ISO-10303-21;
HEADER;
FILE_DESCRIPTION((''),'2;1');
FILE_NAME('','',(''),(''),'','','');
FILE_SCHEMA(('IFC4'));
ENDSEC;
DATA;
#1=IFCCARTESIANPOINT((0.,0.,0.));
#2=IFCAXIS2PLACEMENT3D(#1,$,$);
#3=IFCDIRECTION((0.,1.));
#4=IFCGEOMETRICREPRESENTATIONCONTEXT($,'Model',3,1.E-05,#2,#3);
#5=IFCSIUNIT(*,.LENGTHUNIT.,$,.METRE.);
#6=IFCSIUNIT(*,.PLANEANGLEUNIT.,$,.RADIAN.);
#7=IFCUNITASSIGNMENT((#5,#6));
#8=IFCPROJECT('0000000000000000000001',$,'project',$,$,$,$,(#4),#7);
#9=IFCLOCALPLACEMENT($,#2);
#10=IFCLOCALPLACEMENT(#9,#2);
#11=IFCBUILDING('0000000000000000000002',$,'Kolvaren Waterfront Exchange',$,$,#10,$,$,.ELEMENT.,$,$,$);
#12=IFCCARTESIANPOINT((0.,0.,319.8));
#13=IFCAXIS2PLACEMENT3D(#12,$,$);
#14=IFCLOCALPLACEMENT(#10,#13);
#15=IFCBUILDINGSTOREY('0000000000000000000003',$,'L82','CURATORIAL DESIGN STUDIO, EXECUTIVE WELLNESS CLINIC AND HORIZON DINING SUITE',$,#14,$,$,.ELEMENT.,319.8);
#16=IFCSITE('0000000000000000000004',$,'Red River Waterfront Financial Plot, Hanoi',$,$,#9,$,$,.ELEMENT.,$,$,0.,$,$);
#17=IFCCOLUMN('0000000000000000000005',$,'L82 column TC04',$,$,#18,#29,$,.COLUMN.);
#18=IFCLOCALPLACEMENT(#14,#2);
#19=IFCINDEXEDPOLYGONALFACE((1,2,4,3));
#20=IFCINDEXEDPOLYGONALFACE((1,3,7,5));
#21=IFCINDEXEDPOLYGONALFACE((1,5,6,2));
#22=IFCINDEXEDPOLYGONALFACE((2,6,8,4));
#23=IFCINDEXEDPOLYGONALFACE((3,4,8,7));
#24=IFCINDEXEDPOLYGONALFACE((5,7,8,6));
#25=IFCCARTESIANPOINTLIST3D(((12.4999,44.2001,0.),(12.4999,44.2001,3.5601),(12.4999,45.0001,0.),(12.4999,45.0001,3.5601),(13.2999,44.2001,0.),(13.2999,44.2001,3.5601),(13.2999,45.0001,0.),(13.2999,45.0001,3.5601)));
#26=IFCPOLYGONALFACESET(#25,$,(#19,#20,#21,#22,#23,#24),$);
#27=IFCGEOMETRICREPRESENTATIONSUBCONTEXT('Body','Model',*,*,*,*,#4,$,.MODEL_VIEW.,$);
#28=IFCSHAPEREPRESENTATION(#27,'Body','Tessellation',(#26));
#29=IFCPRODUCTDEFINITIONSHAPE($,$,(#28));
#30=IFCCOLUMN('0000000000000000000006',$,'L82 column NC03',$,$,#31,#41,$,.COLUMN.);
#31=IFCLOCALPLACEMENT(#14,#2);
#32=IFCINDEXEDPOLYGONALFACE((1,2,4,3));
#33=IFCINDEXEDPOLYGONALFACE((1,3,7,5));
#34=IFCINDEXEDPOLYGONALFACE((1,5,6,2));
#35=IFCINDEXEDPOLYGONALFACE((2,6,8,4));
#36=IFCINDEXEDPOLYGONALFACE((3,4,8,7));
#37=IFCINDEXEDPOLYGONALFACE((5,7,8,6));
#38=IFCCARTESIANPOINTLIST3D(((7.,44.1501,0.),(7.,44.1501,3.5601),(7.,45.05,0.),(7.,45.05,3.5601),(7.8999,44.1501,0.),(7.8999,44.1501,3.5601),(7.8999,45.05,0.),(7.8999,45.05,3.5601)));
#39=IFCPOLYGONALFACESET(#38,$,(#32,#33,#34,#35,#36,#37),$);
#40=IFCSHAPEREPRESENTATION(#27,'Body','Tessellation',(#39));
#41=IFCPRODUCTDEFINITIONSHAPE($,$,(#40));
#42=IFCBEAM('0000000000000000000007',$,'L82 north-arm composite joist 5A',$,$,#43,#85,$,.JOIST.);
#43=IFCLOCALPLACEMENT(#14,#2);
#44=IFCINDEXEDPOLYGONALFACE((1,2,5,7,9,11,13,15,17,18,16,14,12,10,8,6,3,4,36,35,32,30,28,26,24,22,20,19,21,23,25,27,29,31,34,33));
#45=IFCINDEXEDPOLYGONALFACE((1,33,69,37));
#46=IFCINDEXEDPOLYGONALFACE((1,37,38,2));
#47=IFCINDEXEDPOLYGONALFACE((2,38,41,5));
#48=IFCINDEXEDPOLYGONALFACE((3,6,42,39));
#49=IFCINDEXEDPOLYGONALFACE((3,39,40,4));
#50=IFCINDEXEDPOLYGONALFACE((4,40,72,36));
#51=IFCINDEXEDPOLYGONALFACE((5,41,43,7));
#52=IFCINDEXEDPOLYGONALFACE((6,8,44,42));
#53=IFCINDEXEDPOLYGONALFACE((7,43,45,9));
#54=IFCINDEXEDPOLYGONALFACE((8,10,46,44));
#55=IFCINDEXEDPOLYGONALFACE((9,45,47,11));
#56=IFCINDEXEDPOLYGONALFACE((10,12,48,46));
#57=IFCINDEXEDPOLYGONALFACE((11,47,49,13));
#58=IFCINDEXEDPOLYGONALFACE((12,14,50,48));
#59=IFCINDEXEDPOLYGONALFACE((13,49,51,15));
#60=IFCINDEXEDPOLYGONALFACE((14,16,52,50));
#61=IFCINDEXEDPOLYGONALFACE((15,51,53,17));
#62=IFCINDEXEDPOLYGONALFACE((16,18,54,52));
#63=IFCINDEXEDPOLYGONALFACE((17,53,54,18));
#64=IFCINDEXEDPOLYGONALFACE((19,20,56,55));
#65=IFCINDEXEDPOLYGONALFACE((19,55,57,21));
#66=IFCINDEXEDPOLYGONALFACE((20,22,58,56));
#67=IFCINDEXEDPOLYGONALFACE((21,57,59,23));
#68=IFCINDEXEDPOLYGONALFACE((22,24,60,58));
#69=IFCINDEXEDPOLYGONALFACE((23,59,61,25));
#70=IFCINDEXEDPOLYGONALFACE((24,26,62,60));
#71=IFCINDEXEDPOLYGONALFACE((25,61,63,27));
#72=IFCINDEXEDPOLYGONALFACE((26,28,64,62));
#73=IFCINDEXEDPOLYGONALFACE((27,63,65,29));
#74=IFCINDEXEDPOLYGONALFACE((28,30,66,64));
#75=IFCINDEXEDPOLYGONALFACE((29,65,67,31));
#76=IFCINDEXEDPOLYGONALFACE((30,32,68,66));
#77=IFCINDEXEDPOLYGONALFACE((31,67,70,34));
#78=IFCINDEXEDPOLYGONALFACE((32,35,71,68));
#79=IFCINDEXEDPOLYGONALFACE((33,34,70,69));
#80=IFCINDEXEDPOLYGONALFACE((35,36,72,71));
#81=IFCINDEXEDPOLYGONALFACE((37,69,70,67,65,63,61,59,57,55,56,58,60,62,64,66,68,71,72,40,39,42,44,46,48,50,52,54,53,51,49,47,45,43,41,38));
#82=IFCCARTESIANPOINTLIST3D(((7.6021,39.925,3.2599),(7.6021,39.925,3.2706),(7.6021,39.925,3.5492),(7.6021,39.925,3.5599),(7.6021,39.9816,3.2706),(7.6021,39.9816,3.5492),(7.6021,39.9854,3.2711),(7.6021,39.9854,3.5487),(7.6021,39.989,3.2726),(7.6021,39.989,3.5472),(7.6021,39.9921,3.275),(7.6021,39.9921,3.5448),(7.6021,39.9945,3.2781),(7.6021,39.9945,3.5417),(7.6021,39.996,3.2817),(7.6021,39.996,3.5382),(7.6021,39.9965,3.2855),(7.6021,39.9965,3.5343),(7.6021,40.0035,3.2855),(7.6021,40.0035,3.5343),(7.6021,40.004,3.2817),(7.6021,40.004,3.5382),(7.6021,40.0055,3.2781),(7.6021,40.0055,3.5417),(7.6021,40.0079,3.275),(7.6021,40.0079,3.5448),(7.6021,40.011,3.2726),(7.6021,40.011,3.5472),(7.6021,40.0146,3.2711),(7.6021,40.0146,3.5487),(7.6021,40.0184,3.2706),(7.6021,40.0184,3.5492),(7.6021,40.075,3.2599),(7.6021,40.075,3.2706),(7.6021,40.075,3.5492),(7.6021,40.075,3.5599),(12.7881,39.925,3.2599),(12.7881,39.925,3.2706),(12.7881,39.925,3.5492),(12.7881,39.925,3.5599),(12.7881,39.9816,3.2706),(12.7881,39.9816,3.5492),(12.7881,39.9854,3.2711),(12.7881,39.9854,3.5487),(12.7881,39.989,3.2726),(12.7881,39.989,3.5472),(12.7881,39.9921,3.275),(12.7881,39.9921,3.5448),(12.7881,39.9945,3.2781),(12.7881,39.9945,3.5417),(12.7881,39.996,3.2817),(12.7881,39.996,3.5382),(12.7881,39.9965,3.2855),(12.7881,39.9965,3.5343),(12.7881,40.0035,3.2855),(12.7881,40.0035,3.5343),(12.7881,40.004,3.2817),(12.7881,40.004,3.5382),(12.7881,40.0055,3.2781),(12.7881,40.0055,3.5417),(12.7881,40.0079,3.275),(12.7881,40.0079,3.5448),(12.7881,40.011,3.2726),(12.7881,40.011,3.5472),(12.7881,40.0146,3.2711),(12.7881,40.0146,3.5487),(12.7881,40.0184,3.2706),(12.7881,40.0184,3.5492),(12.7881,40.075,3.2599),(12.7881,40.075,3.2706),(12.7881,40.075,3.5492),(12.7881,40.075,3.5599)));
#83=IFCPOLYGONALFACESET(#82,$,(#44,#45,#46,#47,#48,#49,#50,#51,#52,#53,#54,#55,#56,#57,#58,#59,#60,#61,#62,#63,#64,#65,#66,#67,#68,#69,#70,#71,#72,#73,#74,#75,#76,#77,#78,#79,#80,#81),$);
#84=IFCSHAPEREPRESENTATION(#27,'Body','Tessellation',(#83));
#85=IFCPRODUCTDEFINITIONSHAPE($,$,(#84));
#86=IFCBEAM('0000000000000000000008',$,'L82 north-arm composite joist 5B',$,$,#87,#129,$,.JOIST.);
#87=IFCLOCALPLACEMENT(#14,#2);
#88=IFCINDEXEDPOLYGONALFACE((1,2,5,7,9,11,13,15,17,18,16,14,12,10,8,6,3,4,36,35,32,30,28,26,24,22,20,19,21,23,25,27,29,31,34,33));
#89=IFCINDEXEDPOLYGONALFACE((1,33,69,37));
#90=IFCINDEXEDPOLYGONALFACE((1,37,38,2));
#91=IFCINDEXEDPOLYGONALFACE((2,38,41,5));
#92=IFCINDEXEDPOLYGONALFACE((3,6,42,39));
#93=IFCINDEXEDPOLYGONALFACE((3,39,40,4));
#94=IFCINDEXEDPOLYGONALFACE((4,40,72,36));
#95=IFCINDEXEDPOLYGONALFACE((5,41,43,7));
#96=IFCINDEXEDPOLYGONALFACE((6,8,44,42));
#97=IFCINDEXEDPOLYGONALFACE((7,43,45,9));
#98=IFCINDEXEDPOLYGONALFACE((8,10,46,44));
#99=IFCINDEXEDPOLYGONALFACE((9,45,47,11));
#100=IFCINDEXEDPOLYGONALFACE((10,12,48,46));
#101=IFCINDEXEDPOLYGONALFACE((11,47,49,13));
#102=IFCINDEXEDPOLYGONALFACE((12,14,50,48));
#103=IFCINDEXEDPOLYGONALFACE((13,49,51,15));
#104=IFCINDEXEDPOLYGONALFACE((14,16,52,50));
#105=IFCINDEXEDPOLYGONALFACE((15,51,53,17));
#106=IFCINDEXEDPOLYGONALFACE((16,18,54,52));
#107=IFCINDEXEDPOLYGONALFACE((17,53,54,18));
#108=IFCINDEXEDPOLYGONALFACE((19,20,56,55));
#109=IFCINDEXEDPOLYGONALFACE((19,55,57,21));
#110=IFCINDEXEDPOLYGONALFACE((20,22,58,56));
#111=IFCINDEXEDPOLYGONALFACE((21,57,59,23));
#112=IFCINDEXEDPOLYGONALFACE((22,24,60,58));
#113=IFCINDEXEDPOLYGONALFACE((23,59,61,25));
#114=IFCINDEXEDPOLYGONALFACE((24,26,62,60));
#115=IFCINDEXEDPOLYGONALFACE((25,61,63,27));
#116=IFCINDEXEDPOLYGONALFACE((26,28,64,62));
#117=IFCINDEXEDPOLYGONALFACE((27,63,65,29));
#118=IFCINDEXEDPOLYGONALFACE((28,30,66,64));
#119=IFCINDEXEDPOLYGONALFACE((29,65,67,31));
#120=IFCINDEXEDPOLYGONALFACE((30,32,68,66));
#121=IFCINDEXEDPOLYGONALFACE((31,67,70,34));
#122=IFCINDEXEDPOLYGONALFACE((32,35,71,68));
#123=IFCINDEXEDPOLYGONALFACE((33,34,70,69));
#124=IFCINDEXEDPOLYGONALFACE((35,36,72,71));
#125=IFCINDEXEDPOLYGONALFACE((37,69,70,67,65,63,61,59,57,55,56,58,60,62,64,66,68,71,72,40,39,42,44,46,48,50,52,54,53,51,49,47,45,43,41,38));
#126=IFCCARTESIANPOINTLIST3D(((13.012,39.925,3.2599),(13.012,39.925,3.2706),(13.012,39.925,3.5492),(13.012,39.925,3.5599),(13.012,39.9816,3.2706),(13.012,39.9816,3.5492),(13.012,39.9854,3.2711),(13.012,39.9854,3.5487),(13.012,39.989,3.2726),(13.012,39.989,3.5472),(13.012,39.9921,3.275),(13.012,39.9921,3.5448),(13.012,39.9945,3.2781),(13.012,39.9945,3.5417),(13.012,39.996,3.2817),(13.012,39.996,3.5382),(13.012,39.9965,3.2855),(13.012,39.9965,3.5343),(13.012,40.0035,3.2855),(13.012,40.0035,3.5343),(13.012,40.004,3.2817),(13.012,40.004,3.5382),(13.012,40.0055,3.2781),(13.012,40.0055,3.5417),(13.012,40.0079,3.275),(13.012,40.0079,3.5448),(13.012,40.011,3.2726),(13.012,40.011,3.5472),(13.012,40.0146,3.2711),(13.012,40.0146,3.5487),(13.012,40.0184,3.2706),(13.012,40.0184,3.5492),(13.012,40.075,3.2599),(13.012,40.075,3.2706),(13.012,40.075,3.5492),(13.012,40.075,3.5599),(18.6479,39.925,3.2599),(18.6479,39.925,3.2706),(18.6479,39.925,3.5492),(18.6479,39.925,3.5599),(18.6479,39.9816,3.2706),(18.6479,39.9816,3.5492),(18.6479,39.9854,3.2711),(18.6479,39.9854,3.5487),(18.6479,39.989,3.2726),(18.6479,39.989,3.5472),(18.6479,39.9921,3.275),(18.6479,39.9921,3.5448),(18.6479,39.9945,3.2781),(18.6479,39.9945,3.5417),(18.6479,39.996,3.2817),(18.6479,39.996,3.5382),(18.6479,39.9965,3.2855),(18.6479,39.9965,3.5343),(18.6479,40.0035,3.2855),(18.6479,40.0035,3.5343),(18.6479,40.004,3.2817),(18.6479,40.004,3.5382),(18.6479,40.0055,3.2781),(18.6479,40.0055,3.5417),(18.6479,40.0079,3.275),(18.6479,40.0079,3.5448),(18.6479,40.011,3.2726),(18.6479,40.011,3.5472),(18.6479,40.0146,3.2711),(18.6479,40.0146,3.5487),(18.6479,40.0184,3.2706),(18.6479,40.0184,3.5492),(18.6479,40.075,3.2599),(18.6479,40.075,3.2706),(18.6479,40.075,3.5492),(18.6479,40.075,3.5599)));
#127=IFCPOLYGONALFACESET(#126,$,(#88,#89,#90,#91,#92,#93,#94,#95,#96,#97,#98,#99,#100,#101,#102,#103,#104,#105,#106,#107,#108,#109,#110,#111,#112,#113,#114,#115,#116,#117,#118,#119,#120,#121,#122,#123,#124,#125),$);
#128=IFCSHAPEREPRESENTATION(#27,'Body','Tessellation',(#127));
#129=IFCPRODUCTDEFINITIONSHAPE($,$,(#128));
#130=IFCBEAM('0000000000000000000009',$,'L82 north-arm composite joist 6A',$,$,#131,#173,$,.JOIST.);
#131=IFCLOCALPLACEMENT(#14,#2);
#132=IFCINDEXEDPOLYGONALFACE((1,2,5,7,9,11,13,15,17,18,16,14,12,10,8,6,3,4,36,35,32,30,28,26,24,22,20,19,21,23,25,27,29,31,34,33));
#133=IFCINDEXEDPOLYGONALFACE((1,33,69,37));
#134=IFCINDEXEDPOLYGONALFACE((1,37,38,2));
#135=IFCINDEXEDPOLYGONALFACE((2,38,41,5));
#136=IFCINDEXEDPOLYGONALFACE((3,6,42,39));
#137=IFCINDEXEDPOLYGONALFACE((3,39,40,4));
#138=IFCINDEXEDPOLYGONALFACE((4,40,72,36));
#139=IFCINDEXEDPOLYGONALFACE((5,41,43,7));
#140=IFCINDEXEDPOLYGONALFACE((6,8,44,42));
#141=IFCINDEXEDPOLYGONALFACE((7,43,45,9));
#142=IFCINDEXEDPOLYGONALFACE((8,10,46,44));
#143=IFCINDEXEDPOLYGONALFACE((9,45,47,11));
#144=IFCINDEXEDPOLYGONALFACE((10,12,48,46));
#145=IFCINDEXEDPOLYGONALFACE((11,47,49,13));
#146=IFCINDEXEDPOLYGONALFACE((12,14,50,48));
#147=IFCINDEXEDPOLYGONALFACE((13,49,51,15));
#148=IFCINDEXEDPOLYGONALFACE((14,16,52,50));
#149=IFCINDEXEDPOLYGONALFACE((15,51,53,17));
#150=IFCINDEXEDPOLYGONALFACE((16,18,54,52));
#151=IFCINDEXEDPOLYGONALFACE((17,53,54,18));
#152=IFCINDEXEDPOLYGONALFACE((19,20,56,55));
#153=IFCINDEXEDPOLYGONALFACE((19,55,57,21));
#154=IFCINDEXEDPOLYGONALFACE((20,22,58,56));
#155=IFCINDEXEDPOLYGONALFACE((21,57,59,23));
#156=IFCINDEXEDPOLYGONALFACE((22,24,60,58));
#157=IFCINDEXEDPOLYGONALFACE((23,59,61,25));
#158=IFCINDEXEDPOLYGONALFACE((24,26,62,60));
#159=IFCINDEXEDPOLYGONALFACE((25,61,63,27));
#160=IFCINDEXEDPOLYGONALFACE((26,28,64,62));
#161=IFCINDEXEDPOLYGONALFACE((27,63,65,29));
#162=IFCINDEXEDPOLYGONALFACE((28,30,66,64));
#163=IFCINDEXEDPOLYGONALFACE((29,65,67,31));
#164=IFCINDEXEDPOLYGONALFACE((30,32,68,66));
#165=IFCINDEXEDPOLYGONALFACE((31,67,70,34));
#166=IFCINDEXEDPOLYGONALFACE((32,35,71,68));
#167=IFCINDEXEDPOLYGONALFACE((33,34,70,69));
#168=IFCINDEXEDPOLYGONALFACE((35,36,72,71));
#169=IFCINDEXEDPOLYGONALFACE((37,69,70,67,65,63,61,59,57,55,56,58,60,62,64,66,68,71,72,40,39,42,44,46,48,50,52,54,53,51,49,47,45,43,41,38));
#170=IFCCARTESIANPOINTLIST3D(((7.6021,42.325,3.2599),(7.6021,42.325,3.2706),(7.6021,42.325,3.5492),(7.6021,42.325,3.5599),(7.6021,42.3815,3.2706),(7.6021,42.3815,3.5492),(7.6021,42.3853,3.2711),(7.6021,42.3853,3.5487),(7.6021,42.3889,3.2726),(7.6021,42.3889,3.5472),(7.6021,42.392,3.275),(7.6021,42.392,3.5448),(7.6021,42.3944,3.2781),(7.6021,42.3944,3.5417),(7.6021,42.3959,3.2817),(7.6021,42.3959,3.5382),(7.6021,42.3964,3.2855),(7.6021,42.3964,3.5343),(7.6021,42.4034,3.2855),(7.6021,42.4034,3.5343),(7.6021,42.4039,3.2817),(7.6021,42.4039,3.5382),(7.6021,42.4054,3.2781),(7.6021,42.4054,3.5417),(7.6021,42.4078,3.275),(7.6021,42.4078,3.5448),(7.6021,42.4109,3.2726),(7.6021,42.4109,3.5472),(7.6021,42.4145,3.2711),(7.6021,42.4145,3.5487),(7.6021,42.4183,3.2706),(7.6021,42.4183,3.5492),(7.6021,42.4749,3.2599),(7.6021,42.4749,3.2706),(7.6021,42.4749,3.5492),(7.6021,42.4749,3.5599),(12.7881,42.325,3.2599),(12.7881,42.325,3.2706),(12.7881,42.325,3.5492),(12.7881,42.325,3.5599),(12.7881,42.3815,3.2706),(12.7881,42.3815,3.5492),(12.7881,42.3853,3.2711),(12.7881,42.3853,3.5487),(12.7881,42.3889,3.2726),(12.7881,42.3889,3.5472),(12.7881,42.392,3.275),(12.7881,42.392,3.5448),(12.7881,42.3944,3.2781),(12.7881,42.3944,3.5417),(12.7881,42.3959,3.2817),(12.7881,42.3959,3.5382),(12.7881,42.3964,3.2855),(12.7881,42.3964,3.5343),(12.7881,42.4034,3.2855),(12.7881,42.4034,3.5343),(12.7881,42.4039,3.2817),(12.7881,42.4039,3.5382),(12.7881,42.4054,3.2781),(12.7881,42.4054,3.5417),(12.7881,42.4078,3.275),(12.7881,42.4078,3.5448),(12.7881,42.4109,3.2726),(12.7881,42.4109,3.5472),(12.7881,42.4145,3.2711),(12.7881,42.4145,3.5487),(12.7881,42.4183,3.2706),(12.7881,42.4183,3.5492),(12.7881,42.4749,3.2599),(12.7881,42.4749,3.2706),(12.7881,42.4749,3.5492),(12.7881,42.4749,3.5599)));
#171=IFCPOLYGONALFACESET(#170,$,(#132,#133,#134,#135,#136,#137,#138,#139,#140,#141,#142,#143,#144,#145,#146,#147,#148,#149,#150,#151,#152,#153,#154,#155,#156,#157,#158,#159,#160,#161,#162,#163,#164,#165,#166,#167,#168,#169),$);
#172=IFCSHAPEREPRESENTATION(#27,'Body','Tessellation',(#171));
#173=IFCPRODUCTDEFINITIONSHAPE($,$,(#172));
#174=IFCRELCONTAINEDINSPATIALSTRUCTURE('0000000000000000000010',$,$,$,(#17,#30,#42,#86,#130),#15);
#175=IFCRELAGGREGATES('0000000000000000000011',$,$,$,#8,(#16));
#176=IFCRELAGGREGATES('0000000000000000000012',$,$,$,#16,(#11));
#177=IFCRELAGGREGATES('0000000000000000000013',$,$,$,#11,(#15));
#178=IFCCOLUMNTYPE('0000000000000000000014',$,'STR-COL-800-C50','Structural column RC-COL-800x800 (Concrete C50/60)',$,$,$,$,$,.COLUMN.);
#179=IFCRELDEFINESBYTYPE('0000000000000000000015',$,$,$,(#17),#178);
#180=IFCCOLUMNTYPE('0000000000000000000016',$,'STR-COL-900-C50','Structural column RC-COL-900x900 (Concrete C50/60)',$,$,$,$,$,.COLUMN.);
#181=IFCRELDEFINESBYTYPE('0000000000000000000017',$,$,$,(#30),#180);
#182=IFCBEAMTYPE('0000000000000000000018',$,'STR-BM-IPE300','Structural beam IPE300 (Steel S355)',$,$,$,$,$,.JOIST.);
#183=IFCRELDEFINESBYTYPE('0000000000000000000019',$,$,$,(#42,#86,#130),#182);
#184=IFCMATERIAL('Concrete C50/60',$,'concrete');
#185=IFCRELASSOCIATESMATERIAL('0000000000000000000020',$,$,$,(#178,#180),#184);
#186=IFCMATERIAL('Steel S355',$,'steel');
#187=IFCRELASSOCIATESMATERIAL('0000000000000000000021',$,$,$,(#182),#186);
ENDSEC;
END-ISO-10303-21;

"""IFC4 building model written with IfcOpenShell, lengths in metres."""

from ifc_helpers import new_model, si_unit, direction, frame, origin, origin_2d, place, context, subcontext, project, spatial, rectangle, i_section, extrude, material, material_profile, profile_set, type_object, element, save


model = new_model("IFC4")

# Units and contexts
model_context = context("Model", 3, precision=1e-05, world=origin(), true_north=direction((0.0, 1.0)))
body_context = subcontext(model_context, "Body", "Model", "MODEL_VIEW")
ifc_project = project(units=[si_unit("LENGTHUNIT", "METRE"), si_unit("PLANEANGLEUNIT", "RADIAN")], contexts=[model_context])

# Site, building, storey
site_placement = place(None, origin())
site = spatial("IfcSite", under=ifc_project, at=site_placement, Name="Red River Waterfront Financial Plot, Hanoi", CompositionType="ELEMENT", RefElevation=0.0)
building_placement = place(site_placement, origin())
building = spatial("IfcBuilding", under=site, at=building_placement, Name="Kolvaren Waterfront Exchange", CompositionType="ELEMENT")
storey_placement = place(building_placement, frame((0.0, 0.0, 319.8)))
storey = spatial("IfcBuildingStorey", under=building, at=storey_placement, Name="L82", Description="CURATORIAL DESIGN STUDIO, EXECUTIVE WELLNESS CLINIC AND HORIZON DINING SUITE", CompositionType="ELEMENT", Elevation=319.8)

# Columns
ifc_material_1 = material(Name="Concrete C50/60", Category="concrete")
ifc_material_profile_1 = material_profile(ifc_material_1, rectangle(XDim=0.8, YDim=0.8, at=origin_2d()), Name="RC-COL-800x800")
ifc_profile_set_1 = profile_set([ifc_material_profile_1], Name="Concrete C50/60")
column_type_1 = type_object("IfcColumnType", Name="STR-COL-800-C50", Description="Structural column RC-COL-800x800 (Concrete C50/60)", PredefinedType="COLUMN", material=ifc_profile_set_1)
column_1_placement = place(storey_placement, frame((12.8999, 44.6001, 0.0), z_axis=(0.0, 0.0, 1.0), x_axis=(1.0, 0.0, 0.0)))
element("IfcColumn", 1, at=column_1_placement, inside=storey, type_object=column_type_1, Name="L82 column TC04", PredefinedType="COLUMN", context=body_context, shape_type="SweptSolid", body=[
    extrude(rectangle(XDim=0.8, YDim=0.8, at=origin_2d()), origin(), (0.0, 0.0, 1.0), 3.5601),
])
ifc_material_profile_2 = material_profile(ifc_material_1, rectangle(XDim=0.8999, YDim=0.8999, at=origin_2d()), Name="RC-COL-900x900")
ifc_profile_set_2 = profile_set([ifc_material_profile_2], Name="Concrete C50/60")
column_type_2 = type_object("IfcColumnType", Name="STR-COL-900-C50", Description="Structural column RC-COL-900x900 (Concrete C50/60)", PredefinedType="COLUMN", material=ifc_profile_set_2)
column_2_placement = place(storey_placement, frame((7.45, 44.6001, 0.0), z_axis=(0.0, 0.0, 1.0), x_axis=(1.0, 0.0, 0.0)))
element("IfcColumn", 2, at=column_2_placement, inside=storey, type_object=column_type_2, Name="L82 column NC03", PredefinedType="COLUMN", context=body_context, shape_type="SweptSolid", body=[
    extrude(rectangle(XDim=0.8999, YDim=0.8999, at=origin_2d()), origin(), (0.0, 0.0, 1.0), 3.5601),
])

# Beams
ifc_material_2 = material(Name="Steel S355", Category="steel")
ifc_material_profile_3 = material_profile(ifc_material_2, i_section(OverallWidth=0.1499, OverallDepth=0.3, WebThickness=0.0071, FlangeThickness=0.0107, FilletRadius=0.0149, at=origin_2d()), Name="IPE300")
ifc_profile_set_3 = profile_set([ifc_material_profile_3], Name="Steel S355")
beam_type_1 = type_object("IfcBeamType", Name="STR-BM-IPE300", Description="Structural beam IPE300 (Steel S355)", PredefinedType="JOIST", material=ifc_profile_set_3)
beam_1_placement = place(storey_placement, frame((7.6021, 40.0, 3.4099), z_axis=(1.0, 0.0, 0.0), x_axis=(0.0, 1.0, 0.0)))
element("IfcBeam", 3, at=beam_1_placement, inside=storey, type_object=beam_type_1, Name="L82 north-arm composite joist 5A", PredefinedType="JOIST", context=body_context, shape_type="SweptSolid", body=[
    extrude(i_section(OverallWidth=0.1499, OverallDepth=0.3, WebThickness=0.0071, FlangeThickness=0.0107, FilletRadius=0.0149, at=origin_2d()), origin(), (0.0, 0.0, 1.0), 5.186),
])
beam_2_placement = place(storey_placement, frame((13.012, 40.0, 3.4099), z_axis=(1.0, 0.0, 0.0), x_axis=(0.0, 1.0, 0.0)))
element("IfcBeam", 4, at=beam_2_placement, inside=storey, type_object=beam_type_1, Name="L82 north-arm composite joist 5B", PredefinedType="JOIST", context=body_context, shape_type="SweptSolid", body=[
    extrude(i_section(OverallWidth=0.1499, OverallDepth=0.3, WebThickness=0.0071, FlangeThickness=0.0107, FilletRadius=0.0149, at=origin_2d()), origin(), (0.0, 0.0, 1.0), 5.636),
])
beam_3_placement = place(storey_placement, frame((7.6021, 42.3999, 3.4099), z_axis=(1.0, 0.0, 0.0), x_axis=(0.0, 1.0, 0.0)))
element("IfcBeam", 5, at=beam_3_placement, inside=storey, type_object=beam_type_1, Name="L82 north-arm composite joist 6A", PredefinedType="JOIST", context=body_context, shape_type="SweptSolid", body=[
    extrude(i_section(OverallWidth=0.1499, OverallDepth=0.3, WebThickness=0.0071, FlangeThickness=0.0107, FilletRadius=0.0149, at=origin_2d()), origin(), (0.0, 0.0, 1.0), 5.186),
])

save(model, "model.ifc")
